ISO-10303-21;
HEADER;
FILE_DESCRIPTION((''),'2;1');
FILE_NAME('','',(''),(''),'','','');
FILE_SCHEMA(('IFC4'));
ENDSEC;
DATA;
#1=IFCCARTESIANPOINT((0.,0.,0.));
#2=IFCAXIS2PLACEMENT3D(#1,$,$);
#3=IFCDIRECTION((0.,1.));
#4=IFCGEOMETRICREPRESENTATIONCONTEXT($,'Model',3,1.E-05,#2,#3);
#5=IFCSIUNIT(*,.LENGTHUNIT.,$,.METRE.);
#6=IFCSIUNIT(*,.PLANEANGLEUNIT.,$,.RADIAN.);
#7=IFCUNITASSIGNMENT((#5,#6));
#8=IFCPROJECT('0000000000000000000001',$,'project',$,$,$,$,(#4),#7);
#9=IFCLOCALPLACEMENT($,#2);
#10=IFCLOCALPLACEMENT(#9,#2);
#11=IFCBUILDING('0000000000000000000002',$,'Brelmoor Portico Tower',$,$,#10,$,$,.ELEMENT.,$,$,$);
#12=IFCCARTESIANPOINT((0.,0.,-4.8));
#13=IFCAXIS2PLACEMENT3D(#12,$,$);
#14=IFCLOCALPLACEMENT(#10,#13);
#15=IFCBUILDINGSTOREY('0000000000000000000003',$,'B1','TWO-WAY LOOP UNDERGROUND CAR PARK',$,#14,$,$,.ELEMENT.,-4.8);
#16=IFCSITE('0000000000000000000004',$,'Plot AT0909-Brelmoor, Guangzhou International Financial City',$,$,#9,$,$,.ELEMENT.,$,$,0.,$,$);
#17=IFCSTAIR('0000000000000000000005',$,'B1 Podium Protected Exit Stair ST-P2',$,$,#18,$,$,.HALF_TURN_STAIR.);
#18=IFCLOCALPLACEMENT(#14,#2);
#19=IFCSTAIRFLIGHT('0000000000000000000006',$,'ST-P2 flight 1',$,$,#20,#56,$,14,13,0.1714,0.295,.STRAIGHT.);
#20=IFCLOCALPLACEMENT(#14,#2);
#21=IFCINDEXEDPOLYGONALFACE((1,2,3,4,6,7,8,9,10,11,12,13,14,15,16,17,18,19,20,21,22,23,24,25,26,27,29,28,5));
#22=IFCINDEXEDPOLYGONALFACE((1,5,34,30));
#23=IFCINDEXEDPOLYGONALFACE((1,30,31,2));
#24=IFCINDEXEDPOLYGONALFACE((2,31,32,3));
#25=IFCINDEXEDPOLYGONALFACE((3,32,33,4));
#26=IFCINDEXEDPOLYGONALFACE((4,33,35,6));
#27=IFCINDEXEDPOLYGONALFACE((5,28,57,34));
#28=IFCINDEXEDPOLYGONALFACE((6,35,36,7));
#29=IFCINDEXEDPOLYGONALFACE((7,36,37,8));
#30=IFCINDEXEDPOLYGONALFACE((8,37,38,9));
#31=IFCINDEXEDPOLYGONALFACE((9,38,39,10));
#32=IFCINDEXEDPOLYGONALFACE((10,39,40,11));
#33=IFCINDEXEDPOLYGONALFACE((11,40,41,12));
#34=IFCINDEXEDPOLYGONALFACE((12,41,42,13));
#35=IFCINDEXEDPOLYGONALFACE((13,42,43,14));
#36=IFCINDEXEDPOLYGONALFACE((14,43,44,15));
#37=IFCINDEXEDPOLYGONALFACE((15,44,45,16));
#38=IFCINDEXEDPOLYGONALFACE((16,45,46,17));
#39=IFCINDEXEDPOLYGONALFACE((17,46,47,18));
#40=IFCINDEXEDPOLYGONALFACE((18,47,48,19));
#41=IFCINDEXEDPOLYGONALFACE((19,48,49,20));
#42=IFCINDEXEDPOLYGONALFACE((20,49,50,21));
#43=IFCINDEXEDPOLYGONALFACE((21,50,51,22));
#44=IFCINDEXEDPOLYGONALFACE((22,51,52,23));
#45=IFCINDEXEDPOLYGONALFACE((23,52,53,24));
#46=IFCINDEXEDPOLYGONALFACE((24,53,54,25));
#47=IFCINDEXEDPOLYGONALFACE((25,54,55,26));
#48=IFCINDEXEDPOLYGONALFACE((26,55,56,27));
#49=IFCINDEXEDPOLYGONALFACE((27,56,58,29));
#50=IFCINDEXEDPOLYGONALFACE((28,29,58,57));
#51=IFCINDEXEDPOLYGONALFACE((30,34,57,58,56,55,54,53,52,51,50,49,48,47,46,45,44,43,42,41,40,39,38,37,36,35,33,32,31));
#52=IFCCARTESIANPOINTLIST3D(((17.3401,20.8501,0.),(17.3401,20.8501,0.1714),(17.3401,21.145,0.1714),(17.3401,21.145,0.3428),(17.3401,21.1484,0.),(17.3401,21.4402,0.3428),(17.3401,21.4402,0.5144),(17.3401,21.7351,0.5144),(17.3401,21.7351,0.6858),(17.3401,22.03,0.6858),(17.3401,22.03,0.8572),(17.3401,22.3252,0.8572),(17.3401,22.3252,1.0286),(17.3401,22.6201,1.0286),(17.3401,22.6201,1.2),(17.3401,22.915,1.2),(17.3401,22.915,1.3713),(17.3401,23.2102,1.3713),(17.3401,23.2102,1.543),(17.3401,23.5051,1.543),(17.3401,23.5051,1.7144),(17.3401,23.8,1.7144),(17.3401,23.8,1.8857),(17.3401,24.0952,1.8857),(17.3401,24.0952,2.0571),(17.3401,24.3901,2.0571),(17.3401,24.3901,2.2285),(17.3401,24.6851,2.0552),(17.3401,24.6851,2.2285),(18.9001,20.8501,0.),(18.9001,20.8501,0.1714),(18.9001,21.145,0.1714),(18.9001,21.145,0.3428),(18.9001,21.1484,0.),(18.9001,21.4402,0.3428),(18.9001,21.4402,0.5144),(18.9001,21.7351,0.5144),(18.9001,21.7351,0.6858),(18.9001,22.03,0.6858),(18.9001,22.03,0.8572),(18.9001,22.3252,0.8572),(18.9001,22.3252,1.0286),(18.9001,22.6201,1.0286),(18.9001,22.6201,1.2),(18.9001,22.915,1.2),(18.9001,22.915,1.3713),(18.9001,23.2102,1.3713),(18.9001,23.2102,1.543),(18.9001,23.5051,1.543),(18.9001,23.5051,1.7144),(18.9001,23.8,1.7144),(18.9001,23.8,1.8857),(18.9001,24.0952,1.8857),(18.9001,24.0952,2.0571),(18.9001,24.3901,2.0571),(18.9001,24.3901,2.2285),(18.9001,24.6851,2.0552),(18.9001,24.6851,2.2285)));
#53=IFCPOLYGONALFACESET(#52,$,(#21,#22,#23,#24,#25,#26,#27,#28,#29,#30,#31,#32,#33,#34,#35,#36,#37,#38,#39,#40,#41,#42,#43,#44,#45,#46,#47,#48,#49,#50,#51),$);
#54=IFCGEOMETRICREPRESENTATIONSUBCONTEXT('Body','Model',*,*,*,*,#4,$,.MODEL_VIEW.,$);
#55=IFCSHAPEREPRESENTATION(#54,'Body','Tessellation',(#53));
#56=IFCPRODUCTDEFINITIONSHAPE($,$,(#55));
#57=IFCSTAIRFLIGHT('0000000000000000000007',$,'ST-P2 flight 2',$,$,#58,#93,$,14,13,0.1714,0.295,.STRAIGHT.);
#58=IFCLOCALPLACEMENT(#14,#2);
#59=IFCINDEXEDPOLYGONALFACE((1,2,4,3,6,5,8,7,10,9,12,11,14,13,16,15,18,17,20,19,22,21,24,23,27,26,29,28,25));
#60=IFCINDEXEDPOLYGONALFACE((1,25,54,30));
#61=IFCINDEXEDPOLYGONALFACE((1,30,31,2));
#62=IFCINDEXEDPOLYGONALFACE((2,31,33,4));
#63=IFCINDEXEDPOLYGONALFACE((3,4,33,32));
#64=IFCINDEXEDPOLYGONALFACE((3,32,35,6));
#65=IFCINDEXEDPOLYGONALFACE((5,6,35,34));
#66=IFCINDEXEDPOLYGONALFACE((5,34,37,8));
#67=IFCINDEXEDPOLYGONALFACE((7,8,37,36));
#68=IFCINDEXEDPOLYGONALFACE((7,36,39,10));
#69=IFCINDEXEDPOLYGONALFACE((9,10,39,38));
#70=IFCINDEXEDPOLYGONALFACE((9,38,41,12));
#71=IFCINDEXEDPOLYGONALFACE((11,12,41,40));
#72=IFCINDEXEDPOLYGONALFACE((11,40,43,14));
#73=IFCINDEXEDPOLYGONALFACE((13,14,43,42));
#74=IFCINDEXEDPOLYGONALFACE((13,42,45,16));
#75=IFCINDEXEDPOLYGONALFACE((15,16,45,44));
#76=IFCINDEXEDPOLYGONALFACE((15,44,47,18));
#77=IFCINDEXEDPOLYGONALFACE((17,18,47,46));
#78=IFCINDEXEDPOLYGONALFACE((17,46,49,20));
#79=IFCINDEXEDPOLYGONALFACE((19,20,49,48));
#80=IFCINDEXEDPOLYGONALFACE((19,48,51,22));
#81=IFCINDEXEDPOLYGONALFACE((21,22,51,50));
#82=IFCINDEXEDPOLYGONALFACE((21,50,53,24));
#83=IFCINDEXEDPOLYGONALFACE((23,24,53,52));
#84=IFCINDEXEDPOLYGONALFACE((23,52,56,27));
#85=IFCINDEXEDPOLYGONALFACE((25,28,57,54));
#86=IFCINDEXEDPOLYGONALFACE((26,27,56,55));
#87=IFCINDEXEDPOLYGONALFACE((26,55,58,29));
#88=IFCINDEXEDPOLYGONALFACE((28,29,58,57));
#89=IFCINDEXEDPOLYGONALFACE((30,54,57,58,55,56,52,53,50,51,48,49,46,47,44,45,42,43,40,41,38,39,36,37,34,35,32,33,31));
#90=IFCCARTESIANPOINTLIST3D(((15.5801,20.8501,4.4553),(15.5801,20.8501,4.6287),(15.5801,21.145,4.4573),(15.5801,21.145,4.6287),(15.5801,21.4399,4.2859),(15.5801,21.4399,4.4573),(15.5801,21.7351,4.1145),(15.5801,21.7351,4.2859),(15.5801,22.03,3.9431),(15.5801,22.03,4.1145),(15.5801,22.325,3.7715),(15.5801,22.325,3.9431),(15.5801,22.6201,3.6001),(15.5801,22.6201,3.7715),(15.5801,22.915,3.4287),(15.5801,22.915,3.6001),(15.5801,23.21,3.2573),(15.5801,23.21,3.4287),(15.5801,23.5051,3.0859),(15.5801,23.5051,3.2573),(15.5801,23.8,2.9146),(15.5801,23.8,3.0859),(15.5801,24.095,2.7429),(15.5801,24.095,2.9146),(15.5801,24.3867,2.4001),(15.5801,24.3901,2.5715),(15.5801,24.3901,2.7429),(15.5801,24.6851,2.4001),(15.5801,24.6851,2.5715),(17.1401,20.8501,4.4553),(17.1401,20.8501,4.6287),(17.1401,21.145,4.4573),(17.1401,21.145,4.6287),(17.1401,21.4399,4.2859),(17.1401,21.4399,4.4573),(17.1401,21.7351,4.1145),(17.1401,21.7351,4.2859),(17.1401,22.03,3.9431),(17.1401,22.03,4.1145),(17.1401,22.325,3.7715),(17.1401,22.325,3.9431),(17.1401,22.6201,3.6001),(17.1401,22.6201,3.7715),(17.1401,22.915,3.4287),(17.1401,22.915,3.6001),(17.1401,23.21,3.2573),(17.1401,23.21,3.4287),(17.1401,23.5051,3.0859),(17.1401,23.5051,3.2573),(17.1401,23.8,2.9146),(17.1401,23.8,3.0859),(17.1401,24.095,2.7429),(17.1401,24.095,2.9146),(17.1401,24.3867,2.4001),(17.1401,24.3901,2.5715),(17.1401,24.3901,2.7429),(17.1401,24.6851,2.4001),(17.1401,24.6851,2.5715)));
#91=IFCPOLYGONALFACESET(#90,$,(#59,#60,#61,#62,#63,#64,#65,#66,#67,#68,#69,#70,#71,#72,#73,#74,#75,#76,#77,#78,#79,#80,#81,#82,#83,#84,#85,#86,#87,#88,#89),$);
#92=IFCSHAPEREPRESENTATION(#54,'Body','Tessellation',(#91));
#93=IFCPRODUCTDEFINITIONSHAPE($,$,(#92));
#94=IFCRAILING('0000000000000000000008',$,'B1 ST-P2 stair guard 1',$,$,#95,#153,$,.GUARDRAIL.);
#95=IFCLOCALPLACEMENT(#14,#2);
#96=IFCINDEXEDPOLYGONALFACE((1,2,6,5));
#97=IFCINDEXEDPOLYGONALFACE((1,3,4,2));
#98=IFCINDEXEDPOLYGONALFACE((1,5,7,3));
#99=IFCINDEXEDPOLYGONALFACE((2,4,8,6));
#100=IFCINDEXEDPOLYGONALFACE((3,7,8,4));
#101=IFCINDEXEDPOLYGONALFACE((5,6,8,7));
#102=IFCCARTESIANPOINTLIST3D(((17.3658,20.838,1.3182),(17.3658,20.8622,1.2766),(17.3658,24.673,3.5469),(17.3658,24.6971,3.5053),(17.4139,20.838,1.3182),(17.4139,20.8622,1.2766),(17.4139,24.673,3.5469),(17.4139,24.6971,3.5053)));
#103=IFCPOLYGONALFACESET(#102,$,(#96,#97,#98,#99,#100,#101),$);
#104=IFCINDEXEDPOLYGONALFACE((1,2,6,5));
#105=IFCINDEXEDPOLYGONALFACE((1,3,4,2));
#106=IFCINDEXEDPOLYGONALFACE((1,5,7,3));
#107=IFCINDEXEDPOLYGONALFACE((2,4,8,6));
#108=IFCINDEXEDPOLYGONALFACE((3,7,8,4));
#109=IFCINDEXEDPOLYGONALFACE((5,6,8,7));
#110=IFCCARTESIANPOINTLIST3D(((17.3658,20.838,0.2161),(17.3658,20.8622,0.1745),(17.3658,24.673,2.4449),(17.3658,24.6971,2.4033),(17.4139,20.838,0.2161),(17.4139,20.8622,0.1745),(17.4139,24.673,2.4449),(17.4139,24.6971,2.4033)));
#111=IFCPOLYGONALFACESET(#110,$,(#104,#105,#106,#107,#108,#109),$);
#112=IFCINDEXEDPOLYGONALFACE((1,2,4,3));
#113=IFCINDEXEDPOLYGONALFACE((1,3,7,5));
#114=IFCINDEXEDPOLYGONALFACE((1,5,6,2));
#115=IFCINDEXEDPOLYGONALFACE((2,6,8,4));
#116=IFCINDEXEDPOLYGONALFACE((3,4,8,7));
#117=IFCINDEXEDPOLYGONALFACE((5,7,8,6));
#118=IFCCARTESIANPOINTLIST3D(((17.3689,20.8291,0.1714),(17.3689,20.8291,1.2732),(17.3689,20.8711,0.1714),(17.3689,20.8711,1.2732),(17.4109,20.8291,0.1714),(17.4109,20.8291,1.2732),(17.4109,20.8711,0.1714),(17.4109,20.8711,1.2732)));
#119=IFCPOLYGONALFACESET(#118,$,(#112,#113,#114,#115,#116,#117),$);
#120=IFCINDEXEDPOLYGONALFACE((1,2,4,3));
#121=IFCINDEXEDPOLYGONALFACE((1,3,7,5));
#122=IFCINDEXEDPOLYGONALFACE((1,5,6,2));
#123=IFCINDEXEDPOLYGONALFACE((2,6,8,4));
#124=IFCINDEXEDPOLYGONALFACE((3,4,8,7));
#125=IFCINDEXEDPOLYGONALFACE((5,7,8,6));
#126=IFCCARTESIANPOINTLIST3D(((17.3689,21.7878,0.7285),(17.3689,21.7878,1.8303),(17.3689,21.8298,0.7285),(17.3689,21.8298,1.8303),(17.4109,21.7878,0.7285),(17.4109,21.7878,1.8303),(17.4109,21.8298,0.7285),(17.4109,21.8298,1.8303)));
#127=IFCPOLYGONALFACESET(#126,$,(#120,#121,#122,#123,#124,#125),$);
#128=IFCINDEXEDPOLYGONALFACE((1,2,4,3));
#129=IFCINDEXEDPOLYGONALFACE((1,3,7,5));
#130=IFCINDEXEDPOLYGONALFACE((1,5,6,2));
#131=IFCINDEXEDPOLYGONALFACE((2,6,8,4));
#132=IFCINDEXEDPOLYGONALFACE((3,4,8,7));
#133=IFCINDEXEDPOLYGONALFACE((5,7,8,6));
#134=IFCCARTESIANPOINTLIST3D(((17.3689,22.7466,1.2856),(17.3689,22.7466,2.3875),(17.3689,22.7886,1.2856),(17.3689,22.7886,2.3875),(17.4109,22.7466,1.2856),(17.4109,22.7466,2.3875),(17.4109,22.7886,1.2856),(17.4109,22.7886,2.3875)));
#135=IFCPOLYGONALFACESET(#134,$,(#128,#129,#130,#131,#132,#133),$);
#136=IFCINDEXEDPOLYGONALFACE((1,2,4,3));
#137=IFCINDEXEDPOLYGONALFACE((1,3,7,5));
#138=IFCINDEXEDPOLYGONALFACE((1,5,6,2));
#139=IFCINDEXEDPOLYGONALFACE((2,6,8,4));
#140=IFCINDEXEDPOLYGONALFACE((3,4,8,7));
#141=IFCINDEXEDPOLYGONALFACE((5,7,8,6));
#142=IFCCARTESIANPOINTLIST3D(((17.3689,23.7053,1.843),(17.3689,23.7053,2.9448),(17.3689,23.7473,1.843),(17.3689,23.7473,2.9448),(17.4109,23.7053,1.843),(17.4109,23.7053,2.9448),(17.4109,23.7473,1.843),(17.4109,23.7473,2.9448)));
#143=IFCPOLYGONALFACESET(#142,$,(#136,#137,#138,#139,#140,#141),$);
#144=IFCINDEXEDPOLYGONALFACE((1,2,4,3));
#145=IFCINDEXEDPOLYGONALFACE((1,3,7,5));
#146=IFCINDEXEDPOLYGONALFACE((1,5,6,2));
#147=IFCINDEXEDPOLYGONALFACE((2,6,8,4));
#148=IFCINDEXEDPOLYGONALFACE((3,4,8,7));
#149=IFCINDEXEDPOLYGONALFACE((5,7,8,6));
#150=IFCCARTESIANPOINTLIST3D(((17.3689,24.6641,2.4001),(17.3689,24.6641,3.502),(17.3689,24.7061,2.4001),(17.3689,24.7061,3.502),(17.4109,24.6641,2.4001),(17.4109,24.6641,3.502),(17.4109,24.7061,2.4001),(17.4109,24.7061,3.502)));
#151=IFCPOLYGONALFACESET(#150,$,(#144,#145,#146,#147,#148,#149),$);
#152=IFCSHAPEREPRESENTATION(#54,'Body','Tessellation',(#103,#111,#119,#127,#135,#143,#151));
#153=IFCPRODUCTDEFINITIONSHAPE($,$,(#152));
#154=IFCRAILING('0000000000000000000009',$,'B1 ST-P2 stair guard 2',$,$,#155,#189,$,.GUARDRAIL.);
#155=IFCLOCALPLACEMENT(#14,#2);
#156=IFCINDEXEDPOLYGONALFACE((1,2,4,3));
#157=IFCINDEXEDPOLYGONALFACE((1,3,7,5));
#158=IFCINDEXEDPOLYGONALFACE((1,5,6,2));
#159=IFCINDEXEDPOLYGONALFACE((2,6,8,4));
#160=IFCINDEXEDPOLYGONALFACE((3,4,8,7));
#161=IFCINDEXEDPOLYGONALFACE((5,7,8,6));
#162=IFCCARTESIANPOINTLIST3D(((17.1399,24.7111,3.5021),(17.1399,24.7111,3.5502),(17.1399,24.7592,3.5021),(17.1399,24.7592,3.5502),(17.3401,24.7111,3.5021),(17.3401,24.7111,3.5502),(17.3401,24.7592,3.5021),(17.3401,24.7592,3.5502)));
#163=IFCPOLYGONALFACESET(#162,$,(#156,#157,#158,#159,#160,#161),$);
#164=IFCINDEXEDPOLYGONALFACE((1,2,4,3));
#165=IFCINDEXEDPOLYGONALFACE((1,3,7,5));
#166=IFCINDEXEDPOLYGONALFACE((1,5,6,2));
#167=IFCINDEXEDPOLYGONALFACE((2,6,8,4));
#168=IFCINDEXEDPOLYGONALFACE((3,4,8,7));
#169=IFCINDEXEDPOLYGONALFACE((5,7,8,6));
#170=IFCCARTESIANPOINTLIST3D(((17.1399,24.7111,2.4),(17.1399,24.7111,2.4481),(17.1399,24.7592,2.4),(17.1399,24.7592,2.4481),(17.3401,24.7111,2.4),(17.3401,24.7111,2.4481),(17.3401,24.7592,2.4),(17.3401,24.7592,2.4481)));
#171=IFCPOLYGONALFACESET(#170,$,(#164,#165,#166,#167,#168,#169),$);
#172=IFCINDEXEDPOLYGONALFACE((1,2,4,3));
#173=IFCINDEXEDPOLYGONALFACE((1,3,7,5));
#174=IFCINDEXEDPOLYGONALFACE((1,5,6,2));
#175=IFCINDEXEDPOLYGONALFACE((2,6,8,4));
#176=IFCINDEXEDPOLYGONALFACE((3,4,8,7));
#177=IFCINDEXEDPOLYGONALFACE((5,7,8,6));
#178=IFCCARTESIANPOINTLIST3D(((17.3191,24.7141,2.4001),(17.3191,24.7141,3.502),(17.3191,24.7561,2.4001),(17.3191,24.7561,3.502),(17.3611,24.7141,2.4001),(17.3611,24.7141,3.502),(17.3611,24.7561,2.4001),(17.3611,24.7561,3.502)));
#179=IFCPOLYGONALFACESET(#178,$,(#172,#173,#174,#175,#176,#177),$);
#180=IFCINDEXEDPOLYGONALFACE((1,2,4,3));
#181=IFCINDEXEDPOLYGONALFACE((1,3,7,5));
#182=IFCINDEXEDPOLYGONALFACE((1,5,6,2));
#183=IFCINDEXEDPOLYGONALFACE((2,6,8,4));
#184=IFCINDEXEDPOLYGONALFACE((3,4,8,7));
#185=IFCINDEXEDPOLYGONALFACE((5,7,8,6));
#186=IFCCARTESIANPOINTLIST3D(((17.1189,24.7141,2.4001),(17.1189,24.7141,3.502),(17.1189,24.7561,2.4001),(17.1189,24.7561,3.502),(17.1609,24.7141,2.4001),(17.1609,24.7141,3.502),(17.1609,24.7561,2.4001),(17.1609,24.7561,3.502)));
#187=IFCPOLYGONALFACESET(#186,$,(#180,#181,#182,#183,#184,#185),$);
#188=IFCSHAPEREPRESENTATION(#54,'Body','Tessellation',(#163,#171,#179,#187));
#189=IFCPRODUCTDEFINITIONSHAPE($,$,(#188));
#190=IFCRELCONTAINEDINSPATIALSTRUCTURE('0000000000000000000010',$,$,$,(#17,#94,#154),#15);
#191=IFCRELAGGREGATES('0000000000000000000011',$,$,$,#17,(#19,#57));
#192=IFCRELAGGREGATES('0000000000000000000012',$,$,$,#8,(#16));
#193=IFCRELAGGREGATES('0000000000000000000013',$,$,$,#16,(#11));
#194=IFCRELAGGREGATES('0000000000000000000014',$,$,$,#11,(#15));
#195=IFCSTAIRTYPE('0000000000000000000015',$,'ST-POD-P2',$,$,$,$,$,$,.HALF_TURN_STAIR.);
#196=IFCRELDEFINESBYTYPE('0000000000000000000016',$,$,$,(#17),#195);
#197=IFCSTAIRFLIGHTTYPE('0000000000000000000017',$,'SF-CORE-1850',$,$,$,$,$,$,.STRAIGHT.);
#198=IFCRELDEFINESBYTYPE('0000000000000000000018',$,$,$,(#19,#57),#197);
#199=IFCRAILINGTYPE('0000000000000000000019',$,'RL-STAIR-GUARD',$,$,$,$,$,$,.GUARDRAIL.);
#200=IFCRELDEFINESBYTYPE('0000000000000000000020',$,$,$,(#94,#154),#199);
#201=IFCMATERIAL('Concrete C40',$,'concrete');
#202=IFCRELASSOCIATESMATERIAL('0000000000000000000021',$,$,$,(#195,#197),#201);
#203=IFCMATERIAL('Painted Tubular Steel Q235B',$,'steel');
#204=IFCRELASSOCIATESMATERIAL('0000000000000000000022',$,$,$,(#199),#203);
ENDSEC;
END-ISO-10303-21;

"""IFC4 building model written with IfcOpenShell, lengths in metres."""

from ifc_helpers import new_model, si_unit, direction, frame, origin, origin_2d, place, context, subcontext, project, spatial, polyline, rectangle, outline, extrude, material, type_object, element, aggregate, save


model = new_model("IFC4")

# Units and contexts
model_context = context("Model", 3, precision=1e-05, world=origin(), true_north=direction((0.0, 1.0)))
body_context = subcontext(model_context, "Body", "Model", "MODEL_VIEW")
ifc_project = project(units=[si_unit("LENGTHUNIT", "METRE"), si_unit("PLANEANGLEUNIT", "RADIAN")], contexts=[model_context])

# Site, building, storey
site_placement = place(None, origin())
site = spatial("IfcSite", under=ifc_project, at=site_placement, Name="Plot AT0909-Brelmoor, Guangzhou International Financial City", CompositionType="ELEMENT", RefElevation=0.0)
building_placement = place(site_placement, origin())
building = spatial("IfcBuilding", under=site, at=building_placement, Name="Brelmoor Portico Tower", CompositionType="ELEMENT")
storey_placement = place(building_placement, frame((0.0, 0.0, -4.8)))
storey = spatial("IfcBuildingStorey", under=building, at=storey_placement, Name="B1", Description="TWO-WAY LOOP UNDERGROUND CAR PARK", CompositionType="ELEMENT", Elevation=-4.8)

# Shared definitions
ifc_material_1 = material(Name="Concrete C40", Category="concrete")

# Stair, stair flights
stair_type = type_object("IfcStairType", Name="ST-POD-P2", PredefinedType="HALF_TURN_STAIR", material=ifc_material_1)
stair_placement = place(storey_placement, origin())
stair = element("IfcStair", 1, at=stair_placement, inside=storey, type_object=stair_type, Name="B1 Podium Protected Exit Stair ST-P2", PredefinedType="HALF_TURN_STAIR")
stair_flight_type = type_object("IfcStairFlightType", Name="SF-CORE-1850", PredefinedType="STRAIGHT", material=ifc_material_1)
stair_flight_1_placement = place(storey_placement, frame((18.1201, 20.8501, 0.0), z_axis=(0.0, 0.0, 1.0), x_axis=(0.0, 1.0, 0.0)))
stair_flight_1 = element("IfcStairFlight", 2, at=stair_flight_1_placement, type_object=stair_flight_type, Name="ST-P2 flight 1", NumberOfRisers=14, NumberOfTreads=13, PredefinedType="STRAIGHT", RiserHeight=0.1714, TreadLength=0.295, context=body_context, shape_type="SweptSolid", body=[
    extrude(outline(polyline([(0.0, 0.0), (0.0, 0.1714), (0.2949, 0.1714), (0.2949, 0.3428), (0.5901, 0.3428), (0.5901, 0.5144), (0.885, 0.5144), (0.885, 0.6858), (1.1799, 0.6858), (1.1799, 0.8572), (1.4751, 0.8572), (1.4751, 1.0286), (1.77, 1.0286), (1.77, 1.2), (2.0649, 1.2), (2.0649, 1.3713), (2.3601, 1.3713), (2.3601, 1.543), (2.655, 1.543), (2.655, 1.7144), (2.95, 1.7144), (2.95, 1.8857), (3.2451, 1.8857), (3.2451, 2.0571), (3.54, 2.0571), (3.54, 2.2285), (3.835, 2.2285), (3.835, 2.3999), (3.835, 2.0552), (0.2983, 0.0), (0.0, 0.0)])), frame((0.0, 0.78, 0.0), z_axis=(0.0, -1.0, 0.0), x_axis=(1.0, 0.0, 0.0)), (0.0, 0.0, 1.0), 1.5601),
])
stair_flight_2_placement = place(storey_placement, frame((16.3601, 24.6851, 2.4001), z_axis=(0.0, 0.0, 1.0), x_axis=(0.0, -1.0, 0.0)))
stair_flight_2 = element("IfcStairFlight", 3, at=stair_flight_2_placement, type_object=stair_flight_type, Name="ST-P2 flight 2", NumberOfRisers=14, NumberOfTreads=13, PredefinedType="STRAIGHT", RiserHeight=0.1714, TreadLength=0.295, context=body_context, shape_type="SweptSolid", body=[
    extrude(outline(polyline([(0.0, 0.0), (0.0, 0.1714), (0.2949, 0.1714), (0.2949, 0.3428), (0.5901, 0.3428), (0.5901, 0.5144), (0.885, 0.5144), (0.885, 0.6858), (1.1799, 0.6858), (1.1799, 0.8572), (1.4751, 0.8572), (1.4751, 1.0286), (1.77, 1.0286), (1.77, 1.2), (2.0649, 1.2), (2.0649, 1.3713), (2.3601, 1.3713), (2.3601, 1.543), (2.655, 1.543), (2.655, 1.7144), (2.95, 1.7144), (2.95, 1.8857), (3.2451, 1.8857), (3.2451, 2.0571), (3.54, 2.0571), (3.54, 2.2285), (3.835, 2.2285), (3.835, 2.3999), (3.835, 2.0552), (0.2983, 0.0), (0.0, 0.0)])), frame((0.0, 0.78, 0.0), z_axis=(0.0, -1.0, 0.0), x_axis=(1.0, 0.0, 0.0)), (0.0, 0.0, 1.0), 1.5601),
])
aggregate(stair, [stair_flight_1, stair_flight_2])

# Railings
ifc_material_2 = material(Name="Painted Tubular Steel Q235B", Category="steel")
railing_type_1 = type_object("IfcRailingType", Name="RL-STAIR-GUARD", PredefinedType="GUARDRAIL", material=ifc_material_2)
railing_1_placement = place(storey_placement, frame((17.3899, 20.8501, 0.1714)))
element("IfcRailing", 4, at=railing_1_placement, inside=storey, type_object=railing_type_1, Name="B1 ST-P2 stair guard 1", PredefinedType="GUARDRAIL", context=body_context, shape_type="SweptSolid", body=[
    extrude(rectangle(XDim=0.0481, YDim=0.0481, at=origin_2d()), frame((0.0, 0.0, 1.126), z_axis=(0.0, 0.864592, 0.502474), x_axis=(-1.0, 0.0, 0.0)), (0.0, 0.0, 1.0), 4.4355),
    extrude(rectangle(XDim=0.0481, YDim=0.0481, at=origin_2d()), frame((0.0, 0.0, 0.0239), z_axis=(0.0, 0.864592, 0.502474), x_axis=(-1.0, 0.0, 0.0)), (0.0, 0.0, 1.0), 4.4355),
    extrude(rectangle(XDim=0.042, YDim=0.042, at=origin_2d()), origin(), (0.0, 0.0, 1.0), 1.1018),
    extrude(rectangle(XDim=0.042, YDim=0.042, at=origin_2d()), frame((0.0, 0.9587, 0.5571)), (0.0, 0.0, 1.0), 1.1018),
    extrude(rectangle(XDim=0.042, YDim=0.042, at=origin_2d()), frame((0.0, 1.9175, 1.1143)), (0.0, 0.0, 1.0), 1.1018),
    extrude(rectangle(XDim=0.042, YDim=0.042, at=origin_2d()), frame((0.0, 2.8762, 1.6716)), (0.0, 0.0, 1.0), 1.1018),
    extrude(rectangle(XDim=0.042, YDim=0.042, at=origin_2d()), frame((0.0, 3.835, 2.2288)), (0.0, 0.0, 1.0), 1.1018),
])
railing_2_placement = place(storey_placement, frame((17.3401, 24.7351, 2.4001)))
element("IfcRailing", 5, at=railing_2_placement, inside=storey, type_object=railing_type_1, Name="B1 ST-P2 stair guard 2", PredefinedType="GUARDRAIL", context=body_context, shape_type="SweptSolid", body=[
    extrude(rectangle(XDim=0.0481, YDim=0.0481, at=origin_2d()), frame((0.0, 0.0, 1.126), z_axis=(-1.0, 0.0, 0.0), x_axis=(0.0, -1.0, 0.0)), (0.0, 0.0, 1.0), 0.2002),
    extrude(rectangle(XDim=0.0481, YDim=0.0481, at=origin_2d()), frame((0.0, 0.0, 0.0239), z_axis=(-1.0, 0.0, 0.0), x_axis=(0.0, -1.0, 0.0)), (0.0, 0.0, 1.0), 0.2002),
    extrude(rectangle(XDim=0.042, YDim=0.042, at=origin_2d()), origin(), (0.0, 0.0, 1.0), 1.1018),
    extrude(rectangle(XDim=0.042, YDim=0.042, at=origin_2d()), frame((-0.2002, 0.0, 0.0)), (0.0, 0.0, 1.0), 1.1018),
])

save(model, "model.ifc")
